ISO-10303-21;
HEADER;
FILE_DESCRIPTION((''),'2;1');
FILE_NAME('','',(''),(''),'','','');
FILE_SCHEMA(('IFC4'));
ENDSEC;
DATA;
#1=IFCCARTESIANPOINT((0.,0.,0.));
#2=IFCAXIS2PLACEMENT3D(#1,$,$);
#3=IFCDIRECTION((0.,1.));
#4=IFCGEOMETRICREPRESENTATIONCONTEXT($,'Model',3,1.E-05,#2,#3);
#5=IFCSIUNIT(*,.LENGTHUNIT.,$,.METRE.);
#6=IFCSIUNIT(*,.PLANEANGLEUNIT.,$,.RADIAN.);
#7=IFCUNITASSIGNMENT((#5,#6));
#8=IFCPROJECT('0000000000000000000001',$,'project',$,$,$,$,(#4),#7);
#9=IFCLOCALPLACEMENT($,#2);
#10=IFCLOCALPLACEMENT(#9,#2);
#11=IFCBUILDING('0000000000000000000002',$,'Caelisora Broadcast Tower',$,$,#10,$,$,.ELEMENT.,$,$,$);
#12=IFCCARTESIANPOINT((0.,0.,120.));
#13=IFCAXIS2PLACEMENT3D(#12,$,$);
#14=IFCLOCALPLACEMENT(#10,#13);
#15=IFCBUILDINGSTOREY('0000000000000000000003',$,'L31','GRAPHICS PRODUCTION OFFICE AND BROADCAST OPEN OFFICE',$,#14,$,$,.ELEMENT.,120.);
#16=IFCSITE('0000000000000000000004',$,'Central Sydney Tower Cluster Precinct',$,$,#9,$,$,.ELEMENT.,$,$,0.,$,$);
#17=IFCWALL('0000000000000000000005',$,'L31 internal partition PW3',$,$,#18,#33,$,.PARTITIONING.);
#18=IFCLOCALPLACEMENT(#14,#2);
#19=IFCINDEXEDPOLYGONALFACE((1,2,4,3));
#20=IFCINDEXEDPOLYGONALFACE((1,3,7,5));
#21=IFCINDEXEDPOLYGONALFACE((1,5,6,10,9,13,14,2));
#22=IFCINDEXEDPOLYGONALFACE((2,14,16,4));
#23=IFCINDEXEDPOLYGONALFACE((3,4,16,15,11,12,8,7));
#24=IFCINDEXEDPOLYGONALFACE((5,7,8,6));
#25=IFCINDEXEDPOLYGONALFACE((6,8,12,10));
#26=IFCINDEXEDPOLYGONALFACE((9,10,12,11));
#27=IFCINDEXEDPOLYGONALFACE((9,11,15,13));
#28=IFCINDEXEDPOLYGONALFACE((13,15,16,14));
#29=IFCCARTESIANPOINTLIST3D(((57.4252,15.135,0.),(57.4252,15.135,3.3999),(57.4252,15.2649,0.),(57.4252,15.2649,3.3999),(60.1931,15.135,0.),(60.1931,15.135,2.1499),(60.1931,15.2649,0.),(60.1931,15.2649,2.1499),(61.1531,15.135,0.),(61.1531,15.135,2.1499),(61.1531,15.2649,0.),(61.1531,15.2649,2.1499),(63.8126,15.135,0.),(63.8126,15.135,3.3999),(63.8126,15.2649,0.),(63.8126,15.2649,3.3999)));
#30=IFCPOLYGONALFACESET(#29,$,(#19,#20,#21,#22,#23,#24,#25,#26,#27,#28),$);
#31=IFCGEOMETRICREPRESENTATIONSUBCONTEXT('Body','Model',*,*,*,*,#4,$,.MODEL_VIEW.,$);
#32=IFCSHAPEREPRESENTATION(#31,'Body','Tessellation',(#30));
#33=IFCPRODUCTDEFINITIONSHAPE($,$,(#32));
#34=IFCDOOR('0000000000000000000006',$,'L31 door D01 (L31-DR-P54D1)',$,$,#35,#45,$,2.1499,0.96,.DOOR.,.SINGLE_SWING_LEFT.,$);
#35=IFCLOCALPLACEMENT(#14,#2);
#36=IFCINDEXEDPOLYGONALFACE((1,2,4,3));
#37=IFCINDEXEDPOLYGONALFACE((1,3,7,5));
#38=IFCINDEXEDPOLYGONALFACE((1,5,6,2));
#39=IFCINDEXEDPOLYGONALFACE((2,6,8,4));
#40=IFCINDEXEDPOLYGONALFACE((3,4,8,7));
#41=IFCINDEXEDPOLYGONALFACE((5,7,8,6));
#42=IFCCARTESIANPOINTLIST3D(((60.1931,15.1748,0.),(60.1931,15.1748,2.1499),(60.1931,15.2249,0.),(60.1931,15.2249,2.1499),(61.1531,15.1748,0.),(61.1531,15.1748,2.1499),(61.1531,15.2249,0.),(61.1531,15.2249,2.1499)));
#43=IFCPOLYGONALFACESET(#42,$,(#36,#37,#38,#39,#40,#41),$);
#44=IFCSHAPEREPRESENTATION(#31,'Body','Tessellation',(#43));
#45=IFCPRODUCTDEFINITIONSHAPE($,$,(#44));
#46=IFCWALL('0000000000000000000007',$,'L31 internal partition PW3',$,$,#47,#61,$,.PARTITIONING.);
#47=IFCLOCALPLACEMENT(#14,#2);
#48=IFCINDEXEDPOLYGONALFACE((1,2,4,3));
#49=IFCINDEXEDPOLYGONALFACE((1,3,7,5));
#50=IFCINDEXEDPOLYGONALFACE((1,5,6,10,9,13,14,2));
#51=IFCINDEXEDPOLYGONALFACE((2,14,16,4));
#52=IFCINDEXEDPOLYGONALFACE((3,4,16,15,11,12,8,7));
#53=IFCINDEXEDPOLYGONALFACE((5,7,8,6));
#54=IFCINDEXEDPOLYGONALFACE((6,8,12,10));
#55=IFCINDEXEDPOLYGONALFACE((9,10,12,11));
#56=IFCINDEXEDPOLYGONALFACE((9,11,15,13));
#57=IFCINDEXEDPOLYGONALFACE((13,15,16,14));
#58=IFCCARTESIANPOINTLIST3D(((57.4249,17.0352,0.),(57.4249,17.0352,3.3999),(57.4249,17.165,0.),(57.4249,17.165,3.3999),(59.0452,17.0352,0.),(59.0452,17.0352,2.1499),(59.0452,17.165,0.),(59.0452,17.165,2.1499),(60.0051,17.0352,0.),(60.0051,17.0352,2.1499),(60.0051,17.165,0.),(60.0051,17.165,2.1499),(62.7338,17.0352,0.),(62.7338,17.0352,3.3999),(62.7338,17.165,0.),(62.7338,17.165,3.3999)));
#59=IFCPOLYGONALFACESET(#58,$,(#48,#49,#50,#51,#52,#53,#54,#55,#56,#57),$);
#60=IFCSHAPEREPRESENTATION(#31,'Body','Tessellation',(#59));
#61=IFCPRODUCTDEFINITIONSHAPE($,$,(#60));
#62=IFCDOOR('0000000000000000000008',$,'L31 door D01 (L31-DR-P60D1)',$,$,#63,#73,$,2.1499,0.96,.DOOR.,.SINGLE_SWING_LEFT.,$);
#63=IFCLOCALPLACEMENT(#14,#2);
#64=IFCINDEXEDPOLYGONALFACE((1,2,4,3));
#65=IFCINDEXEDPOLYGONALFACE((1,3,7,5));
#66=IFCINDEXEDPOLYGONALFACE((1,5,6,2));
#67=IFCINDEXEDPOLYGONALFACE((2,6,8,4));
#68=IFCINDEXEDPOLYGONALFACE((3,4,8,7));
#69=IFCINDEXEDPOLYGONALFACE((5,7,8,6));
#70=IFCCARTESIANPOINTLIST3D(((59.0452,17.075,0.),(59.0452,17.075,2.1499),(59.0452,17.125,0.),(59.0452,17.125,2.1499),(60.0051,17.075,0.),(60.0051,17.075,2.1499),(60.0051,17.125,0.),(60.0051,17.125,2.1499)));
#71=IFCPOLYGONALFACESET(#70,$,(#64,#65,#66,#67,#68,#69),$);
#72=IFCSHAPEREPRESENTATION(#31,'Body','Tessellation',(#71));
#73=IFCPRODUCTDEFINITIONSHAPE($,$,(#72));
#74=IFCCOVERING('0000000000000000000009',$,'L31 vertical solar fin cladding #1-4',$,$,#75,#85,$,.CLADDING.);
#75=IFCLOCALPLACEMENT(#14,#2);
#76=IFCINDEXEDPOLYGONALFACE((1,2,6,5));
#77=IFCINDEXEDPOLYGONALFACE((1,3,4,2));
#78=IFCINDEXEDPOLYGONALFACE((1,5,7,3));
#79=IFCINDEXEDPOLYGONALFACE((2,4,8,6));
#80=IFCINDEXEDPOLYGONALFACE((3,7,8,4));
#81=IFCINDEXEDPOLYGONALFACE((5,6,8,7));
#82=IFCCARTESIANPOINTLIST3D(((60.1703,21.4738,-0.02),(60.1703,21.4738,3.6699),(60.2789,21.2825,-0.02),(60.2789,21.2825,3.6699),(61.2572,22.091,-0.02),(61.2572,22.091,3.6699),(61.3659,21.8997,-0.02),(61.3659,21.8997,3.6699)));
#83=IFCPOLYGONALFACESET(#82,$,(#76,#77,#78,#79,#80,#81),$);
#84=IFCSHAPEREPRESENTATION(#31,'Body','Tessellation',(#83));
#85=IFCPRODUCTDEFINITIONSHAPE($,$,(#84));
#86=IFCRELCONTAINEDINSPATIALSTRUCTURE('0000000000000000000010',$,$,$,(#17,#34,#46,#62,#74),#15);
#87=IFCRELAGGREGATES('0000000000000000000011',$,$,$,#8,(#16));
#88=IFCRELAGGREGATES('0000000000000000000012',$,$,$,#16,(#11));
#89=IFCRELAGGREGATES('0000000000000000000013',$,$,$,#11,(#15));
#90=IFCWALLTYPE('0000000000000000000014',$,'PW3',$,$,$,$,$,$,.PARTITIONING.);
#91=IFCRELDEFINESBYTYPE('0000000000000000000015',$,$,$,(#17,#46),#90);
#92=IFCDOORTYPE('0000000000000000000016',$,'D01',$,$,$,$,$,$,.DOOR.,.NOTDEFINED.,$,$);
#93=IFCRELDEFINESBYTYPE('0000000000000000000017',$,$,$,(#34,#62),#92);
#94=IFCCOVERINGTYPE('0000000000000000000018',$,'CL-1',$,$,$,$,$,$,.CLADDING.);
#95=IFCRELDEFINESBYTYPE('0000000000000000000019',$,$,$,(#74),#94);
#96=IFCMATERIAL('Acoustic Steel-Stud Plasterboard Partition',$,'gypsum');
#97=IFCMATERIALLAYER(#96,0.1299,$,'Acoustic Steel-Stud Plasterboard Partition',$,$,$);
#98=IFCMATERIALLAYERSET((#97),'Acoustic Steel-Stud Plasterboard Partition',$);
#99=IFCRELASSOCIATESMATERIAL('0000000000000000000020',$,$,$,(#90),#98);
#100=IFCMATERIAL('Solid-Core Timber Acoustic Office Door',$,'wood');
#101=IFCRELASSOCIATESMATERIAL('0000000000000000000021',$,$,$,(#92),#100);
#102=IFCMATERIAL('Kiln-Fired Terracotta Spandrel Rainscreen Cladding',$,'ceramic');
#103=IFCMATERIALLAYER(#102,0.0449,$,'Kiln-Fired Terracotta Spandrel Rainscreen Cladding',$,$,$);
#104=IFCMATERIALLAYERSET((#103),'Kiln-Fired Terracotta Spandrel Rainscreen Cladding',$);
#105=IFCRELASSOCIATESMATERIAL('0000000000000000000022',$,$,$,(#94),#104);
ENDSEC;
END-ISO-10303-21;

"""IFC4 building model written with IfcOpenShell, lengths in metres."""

from ifc_helpers import new_model, si_unit, direction, frame, frame_2d, origin, origin_2d, place, context, subcontext, project, spatial, rectangle, extrude, source, transform, mapped, material, layer, layer_set, type_object, type_shapes, element, fill, save


model = new_model("IFC4")

# Units and contexts
model_context = context("Model", 3, precision=1e-05, world=origin(), true_north=direction((0.0, 1.0)))
body_context = subcontext(model_context, "Body", "Model", "MODEL_VIEW")
ifc_project = project(units=[si_unit("LENGTHUNIT", "METRE"), si_unit("PLANEANGLEUNIT", "RADIAN")], contexts=[model_context])

# Site, building, storey
site_placement = place(None, origin())
site = spatial("IfcSite", under=ifc_project, at=site_placement, Name="Central Sydney Tower Cluster Precinct", CompositionType="ELEMENT", RefElevation=0.0)
building_placement = place(site_placement, origin())
building = spatial("IfcBuilding", under=site, at=building_placement, Name="Caelisora Broadcast Tower", CompositionType="ELEMENT")
storey_placement = place(building_placement, frame((0.0, 0.0, 120.0)))
storey = spatial("IfcBuildingStorey", under=building, at=storey_placement, Name="L31", Description="GRAPHICS PRODUCTION OFFICE AND BROADCAST OPEN OFFICE", CompositionType="ELEMENT", Elevation=120.0)

# Shared definitions
ifc_material_1 = material(Name="Acoustic Steel-Stud Plasterboard Partition", Category="gypsum")
ifc_layer_1 = layer(ifc_material_1, 0.1299, Name="Acoustic Steel-Stud Plasterboard Partition")
ifc_layer_set_1 = layer_set([ifc_layer_1], Name="Acoustic Steel-Stud Plasterboard Partition")
wall_type_1 = type_object("IfcWallType", Name="PW3", PredefinedType="PARTITIONING", material=ifc_layer_set_1)

# Walls, openings, doors
wall_1_placement = place(storey_placement, frame((57.425, 15.2, 0.0), z_axis=(0.0, 0.0, 1.0), x_axis=(1.0, 0.0, 0.0)))
wall_1 = element("IfcWall", 1, at=wall_1_placement, inside=storey, type_object=wall_type_1, Name="L31 internal partition PW3", PredefinedType="PARTITIONING", context=body_context, shape_type="SweptSolid", body=[
    extrude(rectangle(XDim=6.3875, YDim=0.1299, at=frame_2d((3.1938, 0.0))), origin(), (0.0, 0.0, 1.0), 3.3999),
])
opening_1_placement = place(wall_1_placement, frame((2.7681, 0.0, 0.0)))
opening_1 = element("IfcOpeningElement", 2, at=opening_1_placement, cuts=wall_1, PredefinedType="OPENING", context=body_context, shape_type="SweptSolid", body=[
    extrude(rectangle(XDim=0.96, YDim=2.1499, at=frame_2d((0.48, 1.075))), frame((0.0, 0.0769, 0.0), z_axis=(0.0, -1.0, 0.0), x_axis=(1.0, 0.0, 0.0)), (0.0, 0.0, 1.0), 0.1538),
])
ifc_material_2 = material(Name="Solid-Core Timber Acoustic Office Door", Category="wood")
door_type = type_object("IfcDoorType", Name="D01", OperationType="NOTDEFINED", PredefinedType="DOOR", material=ifc_material_2)
door_1_placement = place(opening_1_placement, origin())
door_1 = element("IfcDoor", 3, at=door_1_placement, inside=storey, type_object=door_type, Name="L31 door D01 (L31-DR-P54D1)", OperationType="SINGLE_SWING_LEFT", OverallHeight=2.1499, OverallWidth=0.96, PredefinedType="DOOR", context=body_context, shape_type="SweptSolid", body=[
    extrude(rectangle(XDim=0.96, YDim=2.1499, at=frame_2d((0.48, 1.075))), frame((0.0, 0.0249, 0.0), z_axis=(0.0, -1.0, 0.0), x_axis=(1.0, 0.0, 0.0)), (0.0, 0.0, 1.0), 0.05),
])
fill(opening_1, door_1)
wall_2_placement = place(storey_placement, frame((57.425, 17.1001, 0.0), z_axis=(0.0, 0.0, 1.0), x_axis=(1.0, 0.0, 0.0)))
wall_2 = element("IfcWall", 4, at=wall_2_placement, inside=storey, type_object=wall_type_1, Name="L31 internal partition PW3", PredefinedType="PARTITIONING", context=body_context, shape_type="SweptSolid", body=[
    extrude(rectangle(XDim=5.3088, YDim=0.1299, at=frame_2d((2.6543, 0.0))), origin(), (0.0, 0.0, 1.0), 3.3999),
])
opening_2_placement = place(wall_2_placement, frame((1.6201, 0.0, 0.0)))
opening_2 = element("IfcOpeningElement", 5, at=opening_2_placement, cuts=wall_2, PredefinedType="OPENING", context=body_context, shape_type="SweptSolid", body=[
    extrude(rectangle(XDim=0.96, YDim=2.1499, at=frame_2d((0.48, 1.075))), frame((0.0, 0.0769, 0.0), z_axis=(0.0, -1.0, 0.0), x_axis=(1.0, 0.0, 0.0)), (0.0, 0.0, 1.0), 0.1538),
])
door_2_placement = place(opening_2_placement, origin())
door_2 = element("IfcDoor", 6, at=door_2_placement, inside=storey, type_object=door_type, Name="L31 door D01 (L31-DR-P60D1)", OperationType="SINGLE_SWING_LEFT", OverallHeight=2.1499, OverallWidth=0.96, PredefinedType="DOOR", context=body_context, shape_type="SweptSolid", body=[
    extrude(rectangle(XDim=0.96, YDim=2.1499, at=frame_2d((0.48, 1.075))), frame((0.0, 0.0249, 0.0), z_axis=(0.0, -1.0, 0.0), x_axis=(1.0, 0.0, 0.0)), (0.0, 0.0, 1.0), 0.05),
])
fill(opening_2, door_2)

# Covering
ifc_material_3 = material(Name="Kiln-Fired Terracotta Spandrel Rainscreen Cladding", Category="ceramic")
ifc_layer_2 = layer(ifc_material_3, 0.0449, Name="Kiln-Fired Terracotta Spandrel Rainscreen Cladding")
ifc_layer_set_2 = layer_set([ifc_layer_2], Name="Kiln-Fired Terracotta Spandrel Rainscreen Cladding")
covering_type = type_object("IfcCoveringType", Name="CL-1", PredefinedType="CLADDING", material=ifc_layer_set_2)
shared_shape_1 = source(origin(), body_context, "Body", "SweptSolid", [
    extrude(rectangle(XDim=0.22, YDim=1.25, at=origin_2d()), origin(), (0.0, 0.0, 1.0), 3.6899),
])
type_shapes(covering_type, [shared_shape_1])
covering_placement = place(storey_placement, frame((60.7681, 21.6868, -0.02), z_axis=(0.0, 0.0, 1.0), x_axis=(0.49379, -0.869581, 0.0)))
element("IfcCovering", 7, at=covering_placement, inside=storey, type_object=covering_type, Name="L31 vertical solar fin cladding #1-4", PredefinedType="CLADDING", context=body_context, shape_type="MappedRepresentation", body=[
    mapped(shared_shape_1, transform((0.0, 0.0, 0.0), scale=1.0)),
])

save(model, "model.ifc")
